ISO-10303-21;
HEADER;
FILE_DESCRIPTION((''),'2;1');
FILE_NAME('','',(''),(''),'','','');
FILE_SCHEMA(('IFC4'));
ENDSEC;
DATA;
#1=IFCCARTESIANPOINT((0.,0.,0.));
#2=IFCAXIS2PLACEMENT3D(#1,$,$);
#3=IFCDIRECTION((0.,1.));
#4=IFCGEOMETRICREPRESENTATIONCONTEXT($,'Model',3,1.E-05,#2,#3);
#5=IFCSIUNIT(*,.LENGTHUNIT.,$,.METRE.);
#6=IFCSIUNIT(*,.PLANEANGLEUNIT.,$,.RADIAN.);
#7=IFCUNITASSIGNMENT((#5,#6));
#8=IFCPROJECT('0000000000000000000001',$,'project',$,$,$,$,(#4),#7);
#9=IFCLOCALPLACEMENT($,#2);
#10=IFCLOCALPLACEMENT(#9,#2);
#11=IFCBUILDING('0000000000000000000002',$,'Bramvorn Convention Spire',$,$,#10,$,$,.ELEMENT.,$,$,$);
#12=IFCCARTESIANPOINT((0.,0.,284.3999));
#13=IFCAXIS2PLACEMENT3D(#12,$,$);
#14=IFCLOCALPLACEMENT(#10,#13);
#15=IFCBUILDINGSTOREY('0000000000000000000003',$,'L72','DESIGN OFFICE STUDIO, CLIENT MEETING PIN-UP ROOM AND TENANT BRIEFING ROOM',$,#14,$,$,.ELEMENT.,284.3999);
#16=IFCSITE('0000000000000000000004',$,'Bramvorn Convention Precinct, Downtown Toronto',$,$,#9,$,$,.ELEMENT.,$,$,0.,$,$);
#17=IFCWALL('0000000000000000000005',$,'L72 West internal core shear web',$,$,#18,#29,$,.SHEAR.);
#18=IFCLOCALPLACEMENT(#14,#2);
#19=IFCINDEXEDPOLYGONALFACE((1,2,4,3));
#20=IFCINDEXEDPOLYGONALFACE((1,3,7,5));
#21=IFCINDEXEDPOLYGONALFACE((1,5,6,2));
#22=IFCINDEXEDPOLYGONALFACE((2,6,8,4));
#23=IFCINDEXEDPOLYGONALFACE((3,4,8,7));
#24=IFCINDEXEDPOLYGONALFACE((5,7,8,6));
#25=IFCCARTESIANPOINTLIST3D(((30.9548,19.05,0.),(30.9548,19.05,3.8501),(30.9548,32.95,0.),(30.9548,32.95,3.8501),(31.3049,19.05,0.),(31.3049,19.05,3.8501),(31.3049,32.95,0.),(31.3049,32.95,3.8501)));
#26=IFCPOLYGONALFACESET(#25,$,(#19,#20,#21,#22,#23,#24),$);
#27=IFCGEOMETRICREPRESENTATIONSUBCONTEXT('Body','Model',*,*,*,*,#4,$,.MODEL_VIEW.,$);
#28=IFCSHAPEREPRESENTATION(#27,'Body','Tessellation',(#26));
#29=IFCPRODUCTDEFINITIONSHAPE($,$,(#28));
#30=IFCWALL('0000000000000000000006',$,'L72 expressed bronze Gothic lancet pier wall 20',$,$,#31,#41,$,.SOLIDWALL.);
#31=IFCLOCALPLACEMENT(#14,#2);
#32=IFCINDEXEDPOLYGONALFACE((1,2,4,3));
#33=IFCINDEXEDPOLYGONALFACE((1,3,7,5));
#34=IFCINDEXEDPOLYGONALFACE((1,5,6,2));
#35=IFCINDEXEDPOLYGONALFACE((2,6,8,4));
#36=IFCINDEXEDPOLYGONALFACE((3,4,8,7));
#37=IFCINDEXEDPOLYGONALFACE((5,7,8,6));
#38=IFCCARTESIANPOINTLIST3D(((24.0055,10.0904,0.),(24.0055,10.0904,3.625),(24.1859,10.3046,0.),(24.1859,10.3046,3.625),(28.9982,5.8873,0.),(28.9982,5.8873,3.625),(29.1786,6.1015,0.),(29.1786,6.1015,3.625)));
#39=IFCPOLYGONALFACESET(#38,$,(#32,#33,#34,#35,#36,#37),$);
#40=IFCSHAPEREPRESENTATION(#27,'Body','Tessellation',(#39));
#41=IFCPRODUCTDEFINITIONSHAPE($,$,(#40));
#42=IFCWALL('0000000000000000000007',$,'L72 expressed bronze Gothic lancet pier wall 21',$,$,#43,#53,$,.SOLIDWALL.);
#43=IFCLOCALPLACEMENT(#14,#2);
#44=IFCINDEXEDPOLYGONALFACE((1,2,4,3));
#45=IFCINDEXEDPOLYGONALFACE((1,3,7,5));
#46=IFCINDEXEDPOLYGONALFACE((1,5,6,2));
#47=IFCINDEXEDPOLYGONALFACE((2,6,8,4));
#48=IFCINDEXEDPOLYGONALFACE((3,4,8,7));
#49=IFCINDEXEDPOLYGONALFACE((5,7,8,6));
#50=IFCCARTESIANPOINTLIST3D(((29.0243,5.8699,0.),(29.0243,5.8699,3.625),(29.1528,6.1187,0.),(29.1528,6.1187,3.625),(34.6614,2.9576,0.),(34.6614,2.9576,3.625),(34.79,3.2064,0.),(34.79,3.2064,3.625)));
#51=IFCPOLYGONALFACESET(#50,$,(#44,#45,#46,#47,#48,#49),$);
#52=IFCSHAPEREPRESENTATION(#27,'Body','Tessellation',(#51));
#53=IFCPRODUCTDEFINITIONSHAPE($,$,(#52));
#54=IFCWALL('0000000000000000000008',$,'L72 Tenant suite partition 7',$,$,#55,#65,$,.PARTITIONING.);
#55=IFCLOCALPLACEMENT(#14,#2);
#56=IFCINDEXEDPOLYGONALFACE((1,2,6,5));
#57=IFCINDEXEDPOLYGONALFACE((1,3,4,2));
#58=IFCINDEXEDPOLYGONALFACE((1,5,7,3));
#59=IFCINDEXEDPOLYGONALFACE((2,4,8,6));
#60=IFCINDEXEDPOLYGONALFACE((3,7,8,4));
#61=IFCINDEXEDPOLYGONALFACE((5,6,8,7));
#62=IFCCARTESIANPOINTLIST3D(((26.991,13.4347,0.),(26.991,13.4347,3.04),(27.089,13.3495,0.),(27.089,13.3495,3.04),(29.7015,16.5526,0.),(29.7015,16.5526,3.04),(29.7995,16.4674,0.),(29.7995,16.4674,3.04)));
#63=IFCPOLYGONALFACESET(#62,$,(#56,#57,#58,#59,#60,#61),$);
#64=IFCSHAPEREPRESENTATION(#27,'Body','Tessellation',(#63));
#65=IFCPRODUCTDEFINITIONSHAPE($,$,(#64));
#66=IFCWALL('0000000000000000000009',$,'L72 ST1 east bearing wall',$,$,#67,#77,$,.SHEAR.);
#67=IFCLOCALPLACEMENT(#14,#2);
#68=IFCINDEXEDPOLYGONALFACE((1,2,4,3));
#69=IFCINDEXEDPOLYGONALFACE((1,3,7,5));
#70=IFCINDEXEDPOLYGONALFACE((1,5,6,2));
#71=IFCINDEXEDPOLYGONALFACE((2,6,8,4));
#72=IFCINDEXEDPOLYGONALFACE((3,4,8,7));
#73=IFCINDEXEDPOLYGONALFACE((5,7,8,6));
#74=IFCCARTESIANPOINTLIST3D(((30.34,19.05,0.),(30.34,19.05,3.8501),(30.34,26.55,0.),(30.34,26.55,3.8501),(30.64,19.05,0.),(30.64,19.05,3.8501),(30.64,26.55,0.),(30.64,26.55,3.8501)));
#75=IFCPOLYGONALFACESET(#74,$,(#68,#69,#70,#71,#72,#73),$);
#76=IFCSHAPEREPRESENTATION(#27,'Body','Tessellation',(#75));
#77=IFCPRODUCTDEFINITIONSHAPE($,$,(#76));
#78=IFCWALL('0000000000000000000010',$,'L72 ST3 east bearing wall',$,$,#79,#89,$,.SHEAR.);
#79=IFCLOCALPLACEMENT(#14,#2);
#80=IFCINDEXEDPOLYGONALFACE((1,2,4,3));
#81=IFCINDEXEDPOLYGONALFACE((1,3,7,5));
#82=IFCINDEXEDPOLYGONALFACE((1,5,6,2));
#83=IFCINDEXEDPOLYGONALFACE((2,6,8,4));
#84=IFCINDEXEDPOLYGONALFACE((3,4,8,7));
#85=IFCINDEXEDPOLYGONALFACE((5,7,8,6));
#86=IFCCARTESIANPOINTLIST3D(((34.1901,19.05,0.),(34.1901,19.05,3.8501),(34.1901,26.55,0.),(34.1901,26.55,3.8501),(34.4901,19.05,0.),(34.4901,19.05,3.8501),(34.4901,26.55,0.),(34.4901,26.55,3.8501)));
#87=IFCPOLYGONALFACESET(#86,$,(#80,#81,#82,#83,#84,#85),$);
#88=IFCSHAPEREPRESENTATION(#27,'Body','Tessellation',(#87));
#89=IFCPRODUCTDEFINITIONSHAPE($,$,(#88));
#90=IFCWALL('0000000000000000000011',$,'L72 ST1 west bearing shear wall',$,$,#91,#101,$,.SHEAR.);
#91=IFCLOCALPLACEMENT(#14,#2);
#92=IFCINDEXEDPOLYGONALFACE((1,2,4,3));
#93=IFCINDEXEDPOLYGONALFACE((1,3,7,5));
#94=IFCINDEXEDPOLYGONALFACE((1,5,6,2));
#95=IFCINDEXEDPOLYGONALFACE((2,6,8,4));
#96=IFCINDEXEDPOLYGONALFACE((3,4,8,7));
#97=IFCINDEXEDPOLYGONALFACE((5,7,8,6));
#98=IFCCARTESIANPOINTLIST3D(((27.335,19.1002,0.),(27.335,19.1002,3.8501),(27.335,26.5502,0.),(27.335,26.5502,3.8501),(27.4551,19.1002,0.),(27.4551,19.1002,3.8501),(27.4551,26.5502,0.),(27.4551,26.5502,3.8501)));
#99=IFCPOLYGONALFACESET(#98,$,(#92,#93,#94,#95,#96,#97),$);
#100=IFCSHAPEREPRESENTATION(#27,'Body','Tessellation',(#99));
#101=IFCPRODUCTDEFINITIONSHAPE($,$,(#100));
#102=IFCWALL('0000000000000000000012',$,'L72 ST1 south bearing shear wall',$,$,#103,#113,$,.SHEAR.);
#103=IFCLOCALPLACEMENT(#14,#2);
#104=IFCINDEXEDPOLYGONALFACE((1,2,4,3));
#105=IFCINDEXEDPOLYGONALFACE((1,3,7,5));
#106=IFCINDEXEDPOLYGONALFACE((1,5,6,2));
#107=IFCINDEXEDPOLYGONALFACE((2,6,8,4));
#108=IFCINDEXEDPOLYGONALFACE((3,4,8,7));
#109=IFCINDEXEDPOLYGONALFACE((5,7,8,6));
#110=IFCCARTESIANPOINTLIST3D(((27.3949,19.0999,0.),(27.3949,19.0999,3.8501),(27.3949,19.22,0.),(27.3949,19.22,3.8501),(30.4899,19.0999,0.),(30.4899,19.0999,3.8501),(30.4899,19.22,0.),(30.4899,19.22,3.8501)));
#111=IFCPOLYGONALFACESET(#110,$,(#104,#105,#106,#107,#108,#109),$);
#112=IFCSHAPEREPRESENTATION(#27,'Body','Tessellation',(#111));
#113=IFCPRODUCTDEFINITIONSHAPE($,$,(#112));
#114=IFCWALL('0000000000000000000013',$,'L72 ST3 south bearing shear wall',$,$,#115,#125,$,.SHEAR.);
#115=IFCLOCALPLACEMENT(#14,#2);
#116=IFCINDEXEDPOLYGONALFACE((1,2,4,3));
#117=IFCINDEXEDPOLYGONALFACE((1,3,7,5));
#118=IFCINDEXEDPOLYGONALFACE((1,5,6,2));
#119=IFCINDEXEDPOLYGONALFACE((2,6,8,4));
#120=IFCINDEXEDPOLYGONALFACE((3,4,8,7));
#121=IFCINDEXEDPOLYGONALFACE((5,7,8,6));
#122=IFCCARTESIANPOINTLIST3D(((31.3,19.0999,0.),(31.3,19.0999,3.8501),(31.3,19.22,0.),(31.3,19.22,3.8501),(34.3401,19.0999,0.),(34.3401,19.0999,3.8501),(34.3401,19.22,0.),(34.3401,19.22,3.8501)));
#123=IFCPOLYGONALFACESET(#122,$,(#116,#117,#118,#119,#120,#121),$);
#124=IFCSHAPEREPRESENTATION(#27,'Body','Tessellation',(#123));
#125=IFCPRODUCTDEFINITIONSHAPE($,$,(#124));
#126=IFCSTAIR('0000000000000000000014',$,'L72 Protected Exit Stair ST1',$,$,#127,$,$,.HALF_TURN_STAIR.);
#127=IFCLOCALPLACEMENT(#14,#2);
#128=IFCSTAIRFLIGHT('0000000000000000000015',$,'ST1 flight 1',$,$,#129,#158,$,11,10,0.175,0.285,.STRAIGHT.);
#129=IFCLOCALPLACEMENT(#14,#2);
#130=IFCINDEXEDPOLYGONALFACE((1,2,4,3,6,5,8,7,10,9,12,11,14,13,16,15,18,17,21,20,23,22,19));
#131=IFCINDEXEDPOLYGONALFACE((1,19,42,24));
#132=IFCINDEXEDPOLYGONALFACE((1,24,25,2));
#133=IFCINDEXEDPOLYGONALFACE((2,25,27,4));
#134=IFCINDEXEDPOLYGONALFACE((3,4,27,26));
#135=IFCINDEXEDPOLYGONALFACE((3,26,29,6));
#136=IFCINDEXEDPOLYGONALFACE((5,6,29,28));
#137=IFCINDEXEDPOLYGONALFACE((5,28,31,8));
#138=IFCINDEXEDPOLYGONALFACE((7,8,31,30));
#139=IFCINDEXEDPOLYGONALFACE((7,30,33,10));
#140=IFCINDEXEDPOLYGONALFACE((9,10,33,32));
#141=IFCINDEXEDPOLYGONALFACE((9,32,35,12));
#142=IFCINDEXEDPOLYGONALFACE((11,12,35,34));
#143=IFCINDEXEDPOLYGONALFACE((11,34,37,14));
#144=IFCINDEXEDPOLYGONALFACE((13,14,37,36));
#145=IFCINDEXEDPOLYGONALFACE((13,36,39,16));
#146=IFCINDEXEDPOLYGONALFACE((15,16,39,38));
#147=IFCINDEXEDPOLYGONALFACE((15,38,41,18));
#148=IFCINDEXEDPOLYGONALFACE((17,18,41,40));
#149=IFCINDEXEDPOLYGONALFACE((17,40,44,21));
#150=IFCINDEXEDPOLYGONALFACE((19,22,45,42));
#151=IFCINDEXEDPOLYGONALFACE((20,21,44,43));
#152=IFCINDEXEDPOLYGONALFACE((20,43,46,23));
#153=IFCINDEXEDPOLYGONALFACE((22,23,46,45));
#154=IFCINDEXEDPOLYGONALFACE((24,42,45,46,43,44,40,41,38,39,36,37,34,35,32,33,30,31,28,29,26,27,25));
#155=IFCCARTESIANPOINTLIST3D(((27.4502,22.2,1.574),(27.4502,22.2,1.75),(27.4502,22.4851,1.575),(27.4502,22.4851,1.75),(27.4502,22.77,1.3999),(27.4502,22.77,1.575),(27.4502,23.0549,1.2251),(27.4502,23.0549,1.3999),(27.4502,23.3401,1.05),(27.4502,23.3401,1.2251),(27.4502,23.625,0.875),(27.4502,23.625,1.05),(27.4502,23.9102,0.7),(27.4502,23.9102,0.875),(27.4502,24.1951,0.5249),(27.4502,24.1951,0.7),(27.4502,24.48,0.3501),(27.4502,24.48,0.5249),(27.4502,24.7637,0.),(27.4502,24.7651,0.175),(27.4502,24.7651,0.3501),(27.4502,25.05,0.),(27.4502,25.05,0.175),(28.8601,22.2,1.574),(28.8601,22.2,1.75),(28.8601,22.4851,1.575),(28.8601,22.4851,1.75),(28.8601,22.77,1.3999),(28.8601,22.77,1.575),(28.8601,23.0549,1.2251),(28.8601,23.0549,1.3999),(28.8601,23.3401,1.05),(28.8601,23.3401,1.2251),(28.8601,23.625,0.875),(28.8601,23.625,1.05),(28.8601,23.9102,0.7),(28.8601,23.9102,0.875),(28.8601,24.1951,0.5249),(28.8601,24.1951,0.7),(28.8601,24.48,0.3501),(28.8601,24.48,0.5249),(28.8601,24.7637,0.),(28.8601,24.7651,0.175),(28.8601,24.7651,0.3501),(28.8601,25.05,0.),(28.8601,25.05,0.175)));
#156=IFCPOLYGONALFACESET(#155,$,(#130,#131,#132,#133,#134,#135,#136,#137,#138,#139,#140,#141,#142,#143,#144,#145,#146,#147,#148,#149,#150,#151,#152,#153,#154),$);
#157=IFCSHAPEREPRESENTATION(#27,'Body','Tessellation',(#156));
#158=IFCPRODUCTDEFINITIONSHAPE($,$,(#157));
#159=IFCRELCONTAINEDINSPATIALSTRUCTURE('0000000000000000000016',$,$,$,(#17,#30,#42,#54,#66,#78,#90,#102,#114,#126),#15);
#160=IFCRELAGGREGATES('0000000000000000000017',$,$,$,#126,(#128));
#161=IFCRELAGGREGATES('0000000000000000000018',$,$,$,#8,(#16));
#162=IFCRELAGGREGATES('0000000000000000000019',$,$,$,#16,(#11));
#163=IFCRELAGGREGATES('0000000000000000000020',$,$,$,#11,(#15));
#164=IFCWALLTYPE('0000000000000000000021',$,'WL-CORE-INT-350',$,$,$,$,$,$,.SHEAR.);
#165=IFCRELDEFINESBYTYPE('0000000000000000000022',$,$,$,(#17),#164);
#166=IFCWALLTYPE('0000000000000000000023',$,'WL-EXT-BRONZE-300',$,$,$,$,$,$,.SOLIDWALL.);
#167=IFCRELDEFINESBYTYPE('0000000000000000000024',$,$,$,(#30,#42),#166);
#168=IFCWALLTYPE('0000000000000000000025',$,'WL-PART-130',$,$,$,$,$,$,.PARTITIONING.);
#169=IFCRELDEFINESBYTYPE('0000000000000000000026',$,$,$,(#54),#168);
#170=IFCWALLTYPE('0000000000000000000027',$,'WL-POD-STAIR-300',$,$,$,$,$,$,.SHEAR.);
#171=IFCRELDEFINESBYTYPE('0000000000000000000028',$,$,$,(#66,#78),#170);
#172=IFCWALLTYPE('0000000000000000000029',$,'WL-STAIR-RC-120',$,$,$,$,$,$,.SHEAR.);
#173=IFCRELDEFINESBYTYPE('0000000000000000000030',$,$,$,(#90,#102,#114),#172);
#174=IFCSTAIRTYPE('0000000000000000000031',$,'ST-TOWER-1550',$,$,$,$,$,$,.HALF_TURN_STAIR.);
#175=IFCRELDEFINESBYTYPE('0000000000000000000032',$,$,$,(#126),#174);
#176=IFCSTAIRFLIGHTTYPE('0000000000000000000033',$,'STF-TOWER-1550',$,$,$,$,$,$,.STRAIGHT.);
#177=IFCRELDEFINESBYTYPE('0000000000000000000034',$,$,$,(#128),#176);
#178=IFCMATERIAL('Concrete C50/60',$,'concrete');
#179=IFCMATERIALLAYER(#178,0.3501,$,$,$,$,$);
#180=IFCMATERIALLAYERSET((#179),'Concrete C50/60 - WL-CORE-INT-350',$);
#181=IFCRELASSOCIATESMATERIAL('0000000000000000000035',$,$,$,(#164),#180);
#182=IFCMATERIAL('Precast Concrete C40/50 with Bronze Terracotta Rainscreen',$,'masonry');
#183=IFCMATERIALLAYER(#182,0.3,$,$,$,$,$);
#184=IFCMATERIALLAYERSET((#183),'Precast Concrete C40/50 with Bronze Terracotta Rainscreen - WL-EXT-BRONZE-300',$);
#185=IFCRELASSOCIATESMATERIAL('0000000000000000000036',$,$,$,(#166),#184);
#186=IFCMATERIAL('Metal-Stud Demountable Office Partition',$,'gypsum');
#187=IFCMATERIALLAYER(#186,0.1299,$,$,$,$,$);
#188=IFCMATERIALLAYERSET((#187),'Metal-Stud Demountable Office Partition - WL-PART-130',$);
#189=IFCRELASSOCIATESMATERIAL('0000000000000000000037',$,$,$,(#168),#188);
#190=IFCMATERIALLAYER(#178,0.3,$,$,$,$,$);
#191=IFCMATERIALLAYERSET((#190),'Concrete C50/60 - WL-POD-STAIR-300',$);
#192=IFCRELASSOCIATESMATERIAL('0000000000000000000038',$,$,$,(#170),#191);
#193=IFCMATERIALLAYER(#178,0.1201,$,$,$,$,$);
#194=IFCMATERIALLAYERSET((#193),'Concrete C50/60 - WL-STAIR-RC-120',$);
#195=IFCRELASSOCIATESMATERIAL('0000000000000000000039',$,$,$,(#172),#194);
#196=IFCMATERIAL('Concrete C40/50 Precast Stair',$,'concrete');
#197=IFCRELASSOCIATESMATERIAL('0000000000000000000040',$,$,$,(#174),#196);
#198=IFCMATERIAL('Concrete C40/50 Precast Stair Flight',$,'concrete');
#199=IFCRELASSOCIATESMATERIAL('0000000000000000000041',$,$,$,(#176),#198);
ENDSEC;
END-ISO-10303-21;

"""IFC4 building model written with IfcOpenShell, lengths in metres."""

from ifc_helpers import new_model, si_unit, direction, frame, frame_2d, origin, place, context, subcontext, project, spatial, polyline, rectangle, outline, extrude, material, layer, layer_set, type_object, element, aggregate, save


model = new_model("IFC4")

# Units and contexts
model_context = context("Model", 3, precision=1e-05, world=origin(), true_north=direction((0.0, 1.0)))
body_context = subcontext(model_context, "Body", "Model", "MODEL_VIEW")
ifc_project = project(units=[si_unit("LENGTHUNIT", "METRE"), si_unit("PLANEANGLEUNIT", "RADIAN")], contexts=[model_context])

# Site, building, storey
site_placement = place(None, origin())
site = spatial("IfcSite", under=ifc_project, at=site_placement, Name="Bramvorn Convention Precinct, Downtown Toronto", CompositionType="ELEMENT", RefElevation=0.0)
building_placement = place(site_placement, origin())
building = spatial("IfcBuilding", under=site, at=building_placement, Name="Bramvorn Convention Spire", CompositionType="ELEMENT")
storey_placement = place(building_placement, frame((0.0, 0.0, 284.3999)))
storey = spatial("IfcBuildingStorey", under=building, at=storey_placement, Name="L72", Description="DESIGN OFFICE STUDIO, CLIENT MEETING PIN-UP ROOM AND TENANT BRIEFING ROOM", CompositionType="ELEMENT", Elevation=284.3999)

# Shared definitions
ifc_material_1 = material(Name="Concrete C50/60", Category="concrete")

# Walls
ifc_layer_1 = layer(ifc_material_1, 0.3501)
ifc_layer_set_1 = layer_set([ifc_layer_1], Name="Concrete C50/60 - WL-CORE-INT-350")
wall_type_1 = type_object("IfcWallType", Name="WL-CORE-INT-350", PredefinedType="SHEAR", material=ifc_layer_set_1)
wall_1_placement = place(storey_placement, frame((31.1299, 19.05, 0.0), z_axis=(0.0, 0.0, 1.0), x_axis=(0.0, 1.0, 0.0)))
element("IfcWall", 1, at=wall_1_placement, inside=storey, type_object=wall_type_1, Name="L72 West internal core shear web", PredefinedType="SHEAR", context=body_context, shape_type="SweptSolid", body=[
    extrude(rectangle(XDim=13.8999, YDim=0.3501, at=frame_2d((6.95, 0.0))), origin(), (0.0, 0.0, 1.0), 3.8501),
])
ifc_material_2 = material(Name="Precast Concrete C40/50 with Bronze Terracotta Rainscreen", Category="masonry")
ifc_layer_2 = layer(ifc_material_2, 0.3)
ifc_layer_set_2 = layer_set([ifc_layer_2], Name="Precast Concrete C40/50 with Bronze Terracotta Rainscreen - WL-EXT-BRONZE-300")
wall_type_2 = type_object("IfcWallType", Name="WL-EXT-BRONZE-300", PredefinedType="SOLIDWALL", material=ifc_layer_set_2)
wall_2_placement = place(storey_placement, frame((29.0884, 5.9944, 0.0), z_axis=(0.0, 0.0, 1.0), x_axis=(-0.765004, 0.644025, 0.0)))
element("IfcWall", 2, at=wall_2_placement, inside=storey, type_object=wall_type_2, Name="L72 expressed bronze Gothic lancet pier wall 20", PredefinedType="SOLIDWALL", context=body_context, shape_type="SweptSolid", body=[
    extrude(rectangle(XDim=6.5264, YDim=0.28, at=frame_2d((3.2632, 0.0))), origin(), (0.0, 0.0, 1.0), 3.625),
])
wall_3_placement = place(storey_placement, frame((34.7256, 3.082, 0.0), z_axis=(0.0, 0.0, 1.0), x_axis=(-0.888439, 0.458995, 0.0)))
element("IfcWall", 3, at=wall_3_placement, inside=storey, type_object=wall_type_2, Name="L72 expressed bronze Gothic lancet pier wall 21", PredefinedType="SOLIDWALL", context=body_context, shape_type="SweptSolid", body=[
    extrude(rectangle(XDim=6.345, YDim=0.28, at=frame_2d((3.1724, 0.0))), origin(), (0.0, 0.0, 1.0), 3.625),
])
ifc_material_3 = material(Name="Metal-Stud Demountable Office Partition", Category="gypsum")
ifc_layer_3 = layer(ifc_material_3, 0.1299)
ifc_layer_set_3 = layer_set([ifc_layer_3], Name="Metal-Stud Demountable Office Partition - WL-PART-130")
wall_type_3 = type_object("IfcWallType", Name="WL-PART-130", PredefinedType="PARTITIONING", material=ifc_layer_set_3)
wall_4_placement = place(storey_placement, frame((29.7505, 16.51, 0.0), z_axis=(0.0, 0.0, 1.0), x_axis=(-0.65607, -0.7547, 0.0)))
element("IfcWall", 4, at=wall_4_placement, inside=storey, type_object=wall_type_3, Name="L72 Tenant suite partition 7", PredefinedType="PARTITIONING", context=body_context, shape_type="SweptSolid", body=[
    extrude(rectangle(XDim=4.1313, YDim=0.1299, at=frame_2d((2.0657, 0.0))), origin(), (0.0, 0.0, 1.0), 3.04),
])
ifc_layer_4 = layer(ifc_material_1, 0.3)
ifc_layer_set_4 = layer_set([ifc_layer_4], Name="Concrete C50/60 - WL-POD-STAIR-300")
wall_type_4 = type_object("IfcWallType", Name="WL-POD-STAIR-300", PredefinedType="SHEAR", material=ifc_layer_set_4)
for number, where, z_axis, x_axis, name in (
    (5, (30.49, 19.05, 0.0), (0.0, 0.0, 1.0), (0.0, 1.0, 0.0), "L72 ST1 east bearing wall"),
    (6, (34.3401, 19.05, 0.0), (0.0, 0.0, 1.0), (0.0, 1.0, 0.0), "L72 ST3 east bearing wall"),
):
    element("IfcWall", number, at=place(storey_placement, frame(where, z_axis=z_axis, x_axis=x_axis)), inside=storey, type_object=wall_type_4, Name=name, PredefinedType="SHEAR", context=body_context, shape_type="SweptSolid", body=[
        extrude(rectangle(XDim=7.5, YDim=0.3, at=frame_2d((3.75, 0.0))), origin(), (0.0, 0.0, 1.0), 3.8501),
    ])
ifc_layer_5 = layer(ifc_material_1, 0.1201)
ifc_layer_set_5 = layer_set([ifc_layer_5], Name="Concrete C50/60 - WL-STAIR-RC-120")
wall_type_5 = type_object("IfcWallType", Name="WL-STAIR-RC-120", PredefinedType="SHEAR", material=ifc_layer_set_5)
wall_5_placement = place(storey_placement, frame((27.395, 19.1001, 0.0), z_axis=(0.0, 0.0, 1.0), x_axis=(0.0, 1.0, 0.0)))
element("IfcWall", 7, at=wall_5_placement, inside=storey, type_object=wall_type_5, Name="L72 ST1 west bearing shear wall", PredefinedType="SHEAR", context=body_context, shape_type="SweptSolid", body=[
    extrude(rectangle(XDim=7.45, YDim=0.1201, at=frame_2d((3.7251, 0.0))), origin(), (0.0, 0.0, 1.0), 3.8501),
])
wall_6_placement = place(storey_placement, frame((27.395, 19.1599, 0.0), z_axis=(0.0, 0.0, 1.0), x_axis=(1.0, 0.0, 0.0)))
element("IfcWall", 8, at=wall_6_placement, inside=storey, type_object=wall_type_5, Name="L72 ST1 south bearing shear wall", PredefinedType="SHEAR", context=body_context, shape_type="SweptSolid", body=[
    extrude(rectangle(XDim=3.095, YDim=0.1201, at=frame_2d((1.5474, 0.0))), origin(), (0.0, 0.0, 1.0), 3.8501),
])
wall_7_placement = place(storey_placement, frame((31.3, 19.1599, 0.0), z_axis=(0.0, 0.0, 1.0), x_axis=(1.0, 0.0, 0.0)))
element("IfcWall", 9, at=wall_7_placement, inside=storey, type_object=wall_type_5, Name="L72 ST3 south bearing shear wall", PredefinedType="SHEAR", context=body_context, shape_type="SweptSolid", body=[
    extrude(rectangle(XDim=3.04, YDim=0.1201, at=frame_2d((1.52, 0.0))), origin(), (0.0, 0.0, 1.0), 3.8501),
])

# Stair, stair flight
ifc_material_4 = material(Name="Concrete C40/50 Precast Stair", Category="concrete")
stair_type = type_object("IfcStairType", Name="ST-TOWER-1550", PredefinedType="HALF_TURN_STAIR", material=ifc_material_4)
stair_1_placement = place(storey_placement, origin())
stair_1 = element("IfcStair", 10, at=stair_1_placement, inside=storey, type_object=stair_type, Name="L72 Protected Exit Stair ST1", PredefinedType="HALF_TURN_STAIR")
ifc_material_5 = material(Name="Concrete C40/50 Precast Stair Flight", Category="concrete")
stair_flight_type = type_object("IfcStairFlightType", Name="STF-TOWER-1550", PredefinedType="STRAIGHT", material=ifc_material_5)
stair_flight_1_placement = place(storey_placement, frame((28.155, 25.05, 0.0), z_axis=(0.0, 0.0, 1.0), x_axis=(0.0, -1.0, 0.0)))
stair_flight_1 = element("IfcStairFlight", 11, at=stair_flight_1_placement, type_object=stair_flight_type, Name="ST1 flight 1", NumberOfRisers=11, NumberOfTreads=10, PredefinedType="STRAIGHT", RiserHeight=0.175, TreadLength=0.285, context=body_context, shape_type="SweptSolid", body=[
    extrude(outline(polyline([(0.0, 0.0), (0.0, 0.175), (0.2849, 0.175), (0.2849, 0.3501), (0.5701, 0.3501), (0.5701, 0.5249), (0.855, 0.5249), (0.855, 0.7), (1.1399, 0.7), (1.1399, 0.875), (1.425, 0.875), (1.425, 1.05), (1.71, 1.05), (1.71, 1.2251), (1.9951, 1.2251), (1.9951, 1.3999), (2.28, 1.3999), (2.28, 1.575), (2.5649, 1.575), (2.5649, 1.75), (2.8501, 1.75), (2.8501, 1.925), (2.8501, 1.574), (0.2864, 0.0), (0.0, 0.0)])), frame((0.0, 0.7051, 0.0), z_axis=(0.0, -1.0, 0.0), x_axis=(1.0, 0.0, 0.0)), (0.0, 0.0, 1.0), 1.4099),
])
aggregate(stair_1, [stair_flight_1])

save(model, "model.ifc")
